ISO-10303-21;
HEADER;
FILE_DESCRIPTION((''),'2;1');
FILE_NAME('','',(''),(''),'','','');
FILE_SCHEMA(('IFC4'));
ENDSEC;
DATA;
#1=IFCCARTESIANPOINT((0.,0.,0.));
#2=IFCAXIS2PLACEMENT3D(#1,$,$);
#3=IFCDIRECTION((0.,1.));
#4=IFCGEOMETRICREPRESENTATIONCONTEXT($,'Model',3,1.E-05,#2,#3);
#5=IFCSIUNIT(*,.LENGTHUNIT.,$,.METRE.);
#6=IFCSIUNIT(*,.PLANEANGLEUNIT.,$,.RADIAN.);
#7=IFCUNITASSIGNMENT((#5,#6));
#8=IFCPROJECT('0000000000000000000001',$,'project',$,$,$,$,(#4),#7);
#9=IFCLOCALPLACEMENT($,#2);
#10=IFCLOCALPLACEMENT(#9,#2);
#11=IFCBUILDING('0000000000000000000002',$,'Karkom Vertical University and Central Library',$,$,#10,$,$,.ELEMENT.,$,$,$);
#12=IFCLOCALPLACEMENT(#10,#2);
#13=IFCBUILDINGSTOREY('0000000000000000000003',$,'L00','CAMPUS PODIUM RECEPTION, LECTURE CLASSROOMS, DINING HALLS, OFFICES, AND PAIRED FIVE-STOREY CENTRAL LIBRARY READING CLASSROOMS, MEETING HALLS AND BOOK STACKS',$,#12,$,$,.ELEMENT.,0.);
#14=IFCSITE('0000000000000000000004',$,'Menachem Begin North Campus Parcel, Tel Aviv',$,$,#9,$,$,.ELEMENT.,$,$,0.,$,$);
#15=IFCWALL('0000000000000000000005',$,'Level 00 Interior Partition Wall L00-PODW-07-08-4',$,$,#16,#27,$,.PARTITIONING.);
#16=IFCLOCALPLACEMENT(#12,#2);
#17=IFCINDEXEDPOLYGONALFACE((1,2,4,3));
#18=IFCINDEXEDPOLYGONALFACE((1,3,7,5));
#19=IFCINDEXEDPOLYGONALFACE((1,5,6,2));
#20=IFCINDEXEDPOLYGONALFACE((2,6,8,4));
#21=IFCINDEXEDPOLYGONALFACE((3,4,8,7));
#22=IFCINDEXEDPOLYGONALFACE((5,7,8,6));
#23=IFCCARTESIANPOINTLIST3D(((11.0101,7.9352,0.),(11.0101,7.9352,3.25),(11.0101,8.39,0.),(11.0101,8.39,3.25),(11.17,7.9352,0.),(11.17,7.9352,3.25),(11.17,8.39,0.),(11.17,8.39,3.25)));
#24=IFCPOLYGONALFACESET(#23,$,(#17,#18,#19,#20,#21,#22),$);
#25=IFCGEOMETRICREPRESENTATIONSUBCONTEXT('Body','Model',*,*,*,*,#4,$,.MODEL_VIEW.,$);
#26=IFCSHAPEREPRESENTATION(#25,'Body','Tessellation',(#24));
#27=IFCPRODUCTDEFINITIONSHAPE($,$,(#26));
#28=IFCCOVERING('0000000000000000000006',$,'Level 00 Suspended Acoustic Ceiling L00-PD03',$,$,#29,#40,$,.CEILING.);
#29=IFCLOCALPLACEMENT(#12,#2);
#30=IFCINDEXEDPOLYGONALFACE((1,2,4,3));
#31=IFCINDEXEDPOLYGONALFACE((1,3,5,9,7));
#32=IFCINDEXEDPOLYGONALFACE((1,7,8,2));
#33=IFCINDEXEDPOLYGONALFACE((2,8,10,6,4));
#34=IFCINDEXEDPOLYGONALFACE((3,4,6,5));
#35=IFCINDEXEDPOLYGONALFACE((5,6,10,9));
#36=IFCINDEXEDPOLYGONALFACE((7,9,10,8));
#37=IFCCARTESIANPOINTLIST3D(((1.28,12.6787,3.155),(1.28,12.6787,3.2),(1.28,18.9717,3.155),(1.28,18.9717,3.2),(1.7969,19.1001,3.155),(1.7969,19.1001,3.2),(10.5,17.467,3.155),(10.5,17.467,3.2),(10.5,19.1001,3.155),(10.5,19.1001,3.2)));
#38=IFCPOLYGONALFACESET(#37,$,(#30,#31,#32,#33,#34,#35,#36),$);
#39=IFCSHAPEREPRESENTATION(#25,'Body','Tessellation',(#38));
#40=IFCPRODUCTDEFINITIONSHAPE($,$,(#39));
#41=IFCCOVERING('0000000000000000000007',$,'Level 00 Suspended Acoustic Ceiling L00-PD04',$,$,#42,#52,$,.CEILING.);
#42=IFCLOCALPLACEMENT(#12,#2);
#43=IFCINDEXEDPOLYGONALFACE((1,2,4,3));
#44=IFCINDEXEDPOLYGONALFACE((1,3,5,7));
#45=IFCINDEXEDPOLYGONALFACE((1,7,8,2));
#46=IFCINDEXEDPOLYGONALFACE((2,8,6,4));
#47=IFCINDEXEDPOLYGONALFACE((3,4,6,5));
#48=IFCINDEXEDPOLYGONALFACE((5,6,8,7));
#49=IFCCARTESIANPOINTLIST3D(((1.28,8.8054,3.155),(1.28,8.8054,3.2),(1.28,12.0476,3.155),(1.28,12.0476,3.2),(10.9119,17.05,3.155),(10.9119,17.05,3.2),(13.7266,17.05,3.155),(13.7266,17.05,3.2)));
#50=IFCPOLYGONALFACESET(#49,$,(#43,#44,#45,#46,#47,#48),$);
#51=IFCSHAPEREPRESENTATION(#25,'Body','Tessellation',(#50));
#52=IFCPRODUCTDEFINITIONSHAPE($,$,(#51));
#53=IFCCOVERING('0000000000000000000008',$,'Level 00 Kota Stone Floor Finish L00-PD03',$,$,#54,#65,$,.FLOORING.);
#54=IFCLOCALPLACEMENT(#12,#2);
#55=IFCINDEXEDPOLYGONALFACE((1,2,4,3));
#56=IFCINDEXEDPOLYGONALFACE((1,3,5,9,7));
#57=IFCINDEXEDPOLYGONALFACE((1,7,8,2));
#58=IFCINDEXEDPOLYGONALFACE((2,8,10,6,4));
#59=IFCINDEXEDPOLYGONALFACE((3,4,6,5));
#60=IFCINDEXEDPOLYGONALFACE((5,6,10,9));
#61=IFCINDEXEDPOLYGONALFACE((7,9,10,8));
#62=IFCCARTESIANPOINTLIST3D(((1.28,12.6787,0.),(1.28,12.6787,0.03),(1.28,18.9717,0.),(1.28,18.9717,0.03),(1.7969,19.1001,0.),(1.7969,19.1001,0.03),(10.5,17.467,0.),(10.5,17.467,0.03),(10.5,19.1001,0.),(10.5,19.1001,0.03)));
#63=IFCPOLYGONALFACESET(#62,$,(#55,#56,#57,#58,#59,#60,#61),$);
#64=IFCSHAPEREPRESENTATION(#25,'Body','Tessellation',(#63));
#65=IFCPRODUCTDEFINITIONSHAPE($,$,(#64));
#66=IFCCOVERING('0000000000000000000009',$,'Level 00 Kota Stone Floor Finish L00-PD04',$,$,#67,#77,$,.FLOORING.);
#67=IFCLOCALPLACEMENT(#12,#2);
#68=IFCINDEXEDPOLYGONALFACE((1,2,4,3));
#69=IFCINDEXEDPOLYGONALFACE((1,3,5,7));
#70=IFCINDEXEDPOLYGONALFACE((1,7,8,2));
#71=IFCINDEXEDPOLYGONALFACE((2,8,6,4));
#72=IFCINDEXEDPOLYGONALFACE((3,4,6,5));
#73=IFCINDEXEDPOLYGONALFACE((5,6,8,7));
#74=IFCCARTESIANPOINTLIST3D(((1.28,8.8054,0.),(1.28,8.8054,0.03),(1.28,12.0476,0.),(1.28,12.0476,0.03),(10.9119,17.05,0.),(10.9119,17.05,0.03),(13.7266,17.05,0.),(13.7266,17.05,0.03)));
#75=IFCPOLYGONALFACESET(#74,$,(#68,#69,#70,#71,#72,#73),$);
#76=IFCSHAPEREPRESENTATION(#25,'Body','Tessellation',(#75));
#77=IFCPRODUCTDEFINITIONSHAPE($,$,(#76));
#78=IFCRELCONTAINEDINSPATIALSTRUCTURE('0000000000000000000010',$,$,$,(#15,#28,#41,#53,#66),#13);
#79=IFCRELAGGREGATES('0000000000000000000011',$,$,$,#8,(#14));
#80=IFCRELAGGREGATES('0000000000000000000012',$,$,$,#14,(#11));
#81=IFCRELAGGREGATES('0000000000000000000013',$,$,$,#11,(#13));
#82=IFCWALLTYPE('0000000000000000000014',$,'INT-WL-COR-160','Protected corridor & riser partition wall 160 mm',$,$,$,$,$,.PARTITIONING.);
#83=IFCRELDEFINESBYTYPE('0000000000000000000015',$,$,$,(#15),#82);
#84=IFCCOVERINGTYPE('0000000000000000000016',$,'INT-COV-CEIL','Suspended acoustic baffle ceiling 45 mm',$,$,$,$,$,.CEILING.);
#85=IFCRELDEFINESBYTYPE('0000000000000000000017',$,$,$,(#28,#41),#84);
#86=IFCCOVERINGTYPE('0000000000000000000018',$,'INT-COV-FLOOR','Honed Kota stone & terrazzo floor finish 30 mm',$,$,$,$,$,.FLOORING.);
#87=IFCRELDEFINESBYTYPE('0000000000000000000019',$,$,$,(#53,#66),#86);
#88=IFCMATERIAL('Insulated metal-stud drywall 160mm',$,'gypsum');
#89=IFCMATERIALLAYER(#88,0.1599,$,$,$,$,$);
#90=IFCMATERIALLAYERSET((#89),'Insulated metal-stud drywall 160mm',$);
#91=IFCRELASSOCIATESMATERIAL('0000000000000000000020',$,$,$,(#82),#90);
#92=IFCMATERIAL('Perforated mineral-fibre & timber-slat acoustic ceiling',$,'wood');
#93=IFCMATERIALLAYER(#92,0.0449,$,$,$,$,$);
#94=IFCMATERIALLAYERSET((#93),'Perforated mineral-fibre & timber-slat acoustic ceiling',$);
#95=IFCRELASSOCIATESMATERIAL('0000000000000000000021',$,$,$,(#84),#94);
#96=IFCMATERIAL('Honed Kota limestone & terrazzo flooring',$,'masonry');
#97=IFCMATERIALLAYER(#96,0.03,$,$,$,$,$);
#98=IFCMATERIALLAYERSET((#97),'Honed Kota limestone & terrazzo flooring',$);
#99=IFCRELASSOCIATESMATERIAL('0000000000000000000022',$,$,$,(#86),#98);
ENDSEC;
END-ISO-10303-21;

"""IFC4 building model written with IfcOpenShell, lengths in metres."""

from ifc_helpers import new_model, si_unit, direction, frame, frame_2d, origin, place, context, subcontext, project, spatial, polyline, rectangle, outline, extrude, material, layer, layer_set, type_object, element, save


model = new_model("IFC4")

# Units and contexts
model_context = context("Model", 3, precision=1e-05, world=origin(), true_north=direction((0.0, 1.0)))
body_context = subcontext(model_context, "Body", "Model", "MODEL_VIEW")
ifc_project = project(units=[si_unit("LENGTHUNIT", "METRE"), si_unit("PLANEANGLEUNIT", "RADIAN")], contexts=[model_context])

# Site, building, storey
site_placement = place(None, origin())
site = spatial("IfcSite", under=ifc_project, at=site_placement, Name="Menachem Begin North Campus Parcel, Tel Aviv", CompositionType="ELEMENT", RefElevation=0.0)
building_placement = place(site_placement, origin())
building = spatial("IfcBuilding", under=site, at=building_placement, Name="Karkom Vertical University and Central Library", CompositionType="ELEMENT")
storey_placement = place(building_placement, origin())
storey = spatial("IfcBuildingStorey", under=building, at=storey_placement, Name="L00", Description="CAMPUS PODIUM RECEPTION, LECTURE CLASSROOMS, DINING HALLS, OFFICES, AND PAIRED FIVE-STOREY CENTRAL LIBRARY READING CLASSROOMS, MEETING HALLS AND BOOK STACKS", CompositionType="ELEMENT", Elevation=0.0)

# Shared definitions
ifc_material_1 = material(Name="Insulated metal-stud drywall 160mm", Category="gypsum")
ifc_layer_1 = layer(ifc_material_1, 0.1599)
ifc_layer_set_1 = layer_set([ifc_layer_1], Name="Insulated metal-stud drywall 160mm")
wall_type_1 = type_object("IfcWallType", Name="INT-WL-COR-160", Description="Protected corridor & riser partition wall 160 mm", PredefinedType="PARTITIONING", material=ifc_layer_set_1)

# Wall
wall_1_placement = place(storey_placement, frame((11.0901, 7.9351, 0.0), z_axis=(0.0, 0.0, 1.0), x_axis=(0.0, 1.0, 0.0)))
element("IfcWall", 1, at=wall_1_placement, inside=storey, type_object=wall_type_1, Name="Level 00 Interior Partition Wall L00-PODW-07-08-4", PredefinedType="PARTITIONING", context=body_context, shape_type="SweptSolid", body=[
    extrude(rectangle(XDim=0.4548, YDim=0.1599, at=frame_2d((0.2275, 0.0))), origin(), (0.0, 0.0, 1.0), 3.25),
])

# Coverings
ifc_material_2 = material(Name="Perforated mineral-fibre & timber-slat acoustic ceiling", Category="wood")
ifc_layer_2 = layer(ifc_material_2, 0.0449)
ifc_layer_set_2 = layer_set([ifc_layer_2], Name="Perforated mineral-fibre & timber-slat acoustic ceiling")
covering_type_1 = type_object("IfcCoveringType", Name="INT-COV-CEIL", Description="Suspended acoustic baffle ceiling 45 mm", PredefinedType="CEILING", material=ifc_layer_set_2)
covering_1_placement = place(storey_placement, frame((0.0, 0.0, 3.155)))
element("IfcCovering", 2, at=covering_1_placement, inside=storey, type_object=covering_type_1, Name="Level 00 Suspended Acoustic Ceiling L00-PD03", PredefinedType="CEILING", context=body_context, shape_type="SweptSolid", body=[
    extrude(outline(polyline([(1.28, 12.6787), (1.28, 18.9717), (1.7969, 19.1001), (10.5, 19.1001), (10.5, 17.467), (1.28, 12.6787)])), origin(), (0.0, 0.0, 1.0), 0.0449),
])
covering_2_placement = place(storey_placement, frame((0.0, 0.0, 3.155)))
element("IfcCovering", 3, at=covering_2_placement, inside=storey, type_object=covering_type_1, Name="Level 00 Suspended Acoustic Ceiling L00-PD04", PredefinedType="CEILING", context=body_context, shape_type="SweptSolid", body=[
    extrude(outline(polyline([(10.9119, 17.05), (13.7266, 17.05), (1.28, 8.8054), (1.28, 12.0476), (10.9119, 17.05)])), origin(), (0.0, 0.0, 1.0), 0.0449),
])
ifc_material_3 = material(Name="Honed Kota limestone & terrazzo flooring", Category="masonry")
ifc_layer_3 = layer(ifc_material_3, 0.03)
ifc_layer_set_3 = layer_set([ifc_layer_3], Name="Honed Kota limestone & terrazzo flooring")
covering_type_2 = type_object("IfcCoveringType", Name="INT-COV-FLOOR", Description="Honed Kota stone & terrazzo floor finish 30 mm", PredefinedType="FLOORING", material=ifc_layer_set_3)
covering_3_placement = place(storey_placement, origin())
element("IfcCovering", 4, at=covering_3_placement, inside=storey, type_object=covering_type_2, Name="Level 00 Kota Stone Floor Finish L00-PD03", PredefinedType="FLOORING", context=body_context, shape_type="SweptSolid", body=[
    extrude(outline(polyline([(1.28, 12.6787), (1.28, 18.9717), (1.7969, 19.1001), (10.5, 19.1001), (10.5, 17.467), (1.28, 12.6787)])), origin(), (0.0, 0.0, 1.0), 0.03),
])
covering_4_placement = place(storey_placement, origin())
element("IfcCovering", 5, at=covering_4_placement, inside=storey, type_object=covering_type_2, Name="Level 00 Kota Stone Floor Finish L00-PD04", PredefinedType="FLOORING", context=body_context, shape_type="SweptSolid", body=[
    extrude(outline(polyline([(10.9119, 17.05), (13.7266, 17.05), (1.28, 8.8054), (1.28, 12.0476), (10.9119, 17.05)])), origin(), (0.0, 0.0, 1.0), 0.03),
])

save(model, "model.ifc")
